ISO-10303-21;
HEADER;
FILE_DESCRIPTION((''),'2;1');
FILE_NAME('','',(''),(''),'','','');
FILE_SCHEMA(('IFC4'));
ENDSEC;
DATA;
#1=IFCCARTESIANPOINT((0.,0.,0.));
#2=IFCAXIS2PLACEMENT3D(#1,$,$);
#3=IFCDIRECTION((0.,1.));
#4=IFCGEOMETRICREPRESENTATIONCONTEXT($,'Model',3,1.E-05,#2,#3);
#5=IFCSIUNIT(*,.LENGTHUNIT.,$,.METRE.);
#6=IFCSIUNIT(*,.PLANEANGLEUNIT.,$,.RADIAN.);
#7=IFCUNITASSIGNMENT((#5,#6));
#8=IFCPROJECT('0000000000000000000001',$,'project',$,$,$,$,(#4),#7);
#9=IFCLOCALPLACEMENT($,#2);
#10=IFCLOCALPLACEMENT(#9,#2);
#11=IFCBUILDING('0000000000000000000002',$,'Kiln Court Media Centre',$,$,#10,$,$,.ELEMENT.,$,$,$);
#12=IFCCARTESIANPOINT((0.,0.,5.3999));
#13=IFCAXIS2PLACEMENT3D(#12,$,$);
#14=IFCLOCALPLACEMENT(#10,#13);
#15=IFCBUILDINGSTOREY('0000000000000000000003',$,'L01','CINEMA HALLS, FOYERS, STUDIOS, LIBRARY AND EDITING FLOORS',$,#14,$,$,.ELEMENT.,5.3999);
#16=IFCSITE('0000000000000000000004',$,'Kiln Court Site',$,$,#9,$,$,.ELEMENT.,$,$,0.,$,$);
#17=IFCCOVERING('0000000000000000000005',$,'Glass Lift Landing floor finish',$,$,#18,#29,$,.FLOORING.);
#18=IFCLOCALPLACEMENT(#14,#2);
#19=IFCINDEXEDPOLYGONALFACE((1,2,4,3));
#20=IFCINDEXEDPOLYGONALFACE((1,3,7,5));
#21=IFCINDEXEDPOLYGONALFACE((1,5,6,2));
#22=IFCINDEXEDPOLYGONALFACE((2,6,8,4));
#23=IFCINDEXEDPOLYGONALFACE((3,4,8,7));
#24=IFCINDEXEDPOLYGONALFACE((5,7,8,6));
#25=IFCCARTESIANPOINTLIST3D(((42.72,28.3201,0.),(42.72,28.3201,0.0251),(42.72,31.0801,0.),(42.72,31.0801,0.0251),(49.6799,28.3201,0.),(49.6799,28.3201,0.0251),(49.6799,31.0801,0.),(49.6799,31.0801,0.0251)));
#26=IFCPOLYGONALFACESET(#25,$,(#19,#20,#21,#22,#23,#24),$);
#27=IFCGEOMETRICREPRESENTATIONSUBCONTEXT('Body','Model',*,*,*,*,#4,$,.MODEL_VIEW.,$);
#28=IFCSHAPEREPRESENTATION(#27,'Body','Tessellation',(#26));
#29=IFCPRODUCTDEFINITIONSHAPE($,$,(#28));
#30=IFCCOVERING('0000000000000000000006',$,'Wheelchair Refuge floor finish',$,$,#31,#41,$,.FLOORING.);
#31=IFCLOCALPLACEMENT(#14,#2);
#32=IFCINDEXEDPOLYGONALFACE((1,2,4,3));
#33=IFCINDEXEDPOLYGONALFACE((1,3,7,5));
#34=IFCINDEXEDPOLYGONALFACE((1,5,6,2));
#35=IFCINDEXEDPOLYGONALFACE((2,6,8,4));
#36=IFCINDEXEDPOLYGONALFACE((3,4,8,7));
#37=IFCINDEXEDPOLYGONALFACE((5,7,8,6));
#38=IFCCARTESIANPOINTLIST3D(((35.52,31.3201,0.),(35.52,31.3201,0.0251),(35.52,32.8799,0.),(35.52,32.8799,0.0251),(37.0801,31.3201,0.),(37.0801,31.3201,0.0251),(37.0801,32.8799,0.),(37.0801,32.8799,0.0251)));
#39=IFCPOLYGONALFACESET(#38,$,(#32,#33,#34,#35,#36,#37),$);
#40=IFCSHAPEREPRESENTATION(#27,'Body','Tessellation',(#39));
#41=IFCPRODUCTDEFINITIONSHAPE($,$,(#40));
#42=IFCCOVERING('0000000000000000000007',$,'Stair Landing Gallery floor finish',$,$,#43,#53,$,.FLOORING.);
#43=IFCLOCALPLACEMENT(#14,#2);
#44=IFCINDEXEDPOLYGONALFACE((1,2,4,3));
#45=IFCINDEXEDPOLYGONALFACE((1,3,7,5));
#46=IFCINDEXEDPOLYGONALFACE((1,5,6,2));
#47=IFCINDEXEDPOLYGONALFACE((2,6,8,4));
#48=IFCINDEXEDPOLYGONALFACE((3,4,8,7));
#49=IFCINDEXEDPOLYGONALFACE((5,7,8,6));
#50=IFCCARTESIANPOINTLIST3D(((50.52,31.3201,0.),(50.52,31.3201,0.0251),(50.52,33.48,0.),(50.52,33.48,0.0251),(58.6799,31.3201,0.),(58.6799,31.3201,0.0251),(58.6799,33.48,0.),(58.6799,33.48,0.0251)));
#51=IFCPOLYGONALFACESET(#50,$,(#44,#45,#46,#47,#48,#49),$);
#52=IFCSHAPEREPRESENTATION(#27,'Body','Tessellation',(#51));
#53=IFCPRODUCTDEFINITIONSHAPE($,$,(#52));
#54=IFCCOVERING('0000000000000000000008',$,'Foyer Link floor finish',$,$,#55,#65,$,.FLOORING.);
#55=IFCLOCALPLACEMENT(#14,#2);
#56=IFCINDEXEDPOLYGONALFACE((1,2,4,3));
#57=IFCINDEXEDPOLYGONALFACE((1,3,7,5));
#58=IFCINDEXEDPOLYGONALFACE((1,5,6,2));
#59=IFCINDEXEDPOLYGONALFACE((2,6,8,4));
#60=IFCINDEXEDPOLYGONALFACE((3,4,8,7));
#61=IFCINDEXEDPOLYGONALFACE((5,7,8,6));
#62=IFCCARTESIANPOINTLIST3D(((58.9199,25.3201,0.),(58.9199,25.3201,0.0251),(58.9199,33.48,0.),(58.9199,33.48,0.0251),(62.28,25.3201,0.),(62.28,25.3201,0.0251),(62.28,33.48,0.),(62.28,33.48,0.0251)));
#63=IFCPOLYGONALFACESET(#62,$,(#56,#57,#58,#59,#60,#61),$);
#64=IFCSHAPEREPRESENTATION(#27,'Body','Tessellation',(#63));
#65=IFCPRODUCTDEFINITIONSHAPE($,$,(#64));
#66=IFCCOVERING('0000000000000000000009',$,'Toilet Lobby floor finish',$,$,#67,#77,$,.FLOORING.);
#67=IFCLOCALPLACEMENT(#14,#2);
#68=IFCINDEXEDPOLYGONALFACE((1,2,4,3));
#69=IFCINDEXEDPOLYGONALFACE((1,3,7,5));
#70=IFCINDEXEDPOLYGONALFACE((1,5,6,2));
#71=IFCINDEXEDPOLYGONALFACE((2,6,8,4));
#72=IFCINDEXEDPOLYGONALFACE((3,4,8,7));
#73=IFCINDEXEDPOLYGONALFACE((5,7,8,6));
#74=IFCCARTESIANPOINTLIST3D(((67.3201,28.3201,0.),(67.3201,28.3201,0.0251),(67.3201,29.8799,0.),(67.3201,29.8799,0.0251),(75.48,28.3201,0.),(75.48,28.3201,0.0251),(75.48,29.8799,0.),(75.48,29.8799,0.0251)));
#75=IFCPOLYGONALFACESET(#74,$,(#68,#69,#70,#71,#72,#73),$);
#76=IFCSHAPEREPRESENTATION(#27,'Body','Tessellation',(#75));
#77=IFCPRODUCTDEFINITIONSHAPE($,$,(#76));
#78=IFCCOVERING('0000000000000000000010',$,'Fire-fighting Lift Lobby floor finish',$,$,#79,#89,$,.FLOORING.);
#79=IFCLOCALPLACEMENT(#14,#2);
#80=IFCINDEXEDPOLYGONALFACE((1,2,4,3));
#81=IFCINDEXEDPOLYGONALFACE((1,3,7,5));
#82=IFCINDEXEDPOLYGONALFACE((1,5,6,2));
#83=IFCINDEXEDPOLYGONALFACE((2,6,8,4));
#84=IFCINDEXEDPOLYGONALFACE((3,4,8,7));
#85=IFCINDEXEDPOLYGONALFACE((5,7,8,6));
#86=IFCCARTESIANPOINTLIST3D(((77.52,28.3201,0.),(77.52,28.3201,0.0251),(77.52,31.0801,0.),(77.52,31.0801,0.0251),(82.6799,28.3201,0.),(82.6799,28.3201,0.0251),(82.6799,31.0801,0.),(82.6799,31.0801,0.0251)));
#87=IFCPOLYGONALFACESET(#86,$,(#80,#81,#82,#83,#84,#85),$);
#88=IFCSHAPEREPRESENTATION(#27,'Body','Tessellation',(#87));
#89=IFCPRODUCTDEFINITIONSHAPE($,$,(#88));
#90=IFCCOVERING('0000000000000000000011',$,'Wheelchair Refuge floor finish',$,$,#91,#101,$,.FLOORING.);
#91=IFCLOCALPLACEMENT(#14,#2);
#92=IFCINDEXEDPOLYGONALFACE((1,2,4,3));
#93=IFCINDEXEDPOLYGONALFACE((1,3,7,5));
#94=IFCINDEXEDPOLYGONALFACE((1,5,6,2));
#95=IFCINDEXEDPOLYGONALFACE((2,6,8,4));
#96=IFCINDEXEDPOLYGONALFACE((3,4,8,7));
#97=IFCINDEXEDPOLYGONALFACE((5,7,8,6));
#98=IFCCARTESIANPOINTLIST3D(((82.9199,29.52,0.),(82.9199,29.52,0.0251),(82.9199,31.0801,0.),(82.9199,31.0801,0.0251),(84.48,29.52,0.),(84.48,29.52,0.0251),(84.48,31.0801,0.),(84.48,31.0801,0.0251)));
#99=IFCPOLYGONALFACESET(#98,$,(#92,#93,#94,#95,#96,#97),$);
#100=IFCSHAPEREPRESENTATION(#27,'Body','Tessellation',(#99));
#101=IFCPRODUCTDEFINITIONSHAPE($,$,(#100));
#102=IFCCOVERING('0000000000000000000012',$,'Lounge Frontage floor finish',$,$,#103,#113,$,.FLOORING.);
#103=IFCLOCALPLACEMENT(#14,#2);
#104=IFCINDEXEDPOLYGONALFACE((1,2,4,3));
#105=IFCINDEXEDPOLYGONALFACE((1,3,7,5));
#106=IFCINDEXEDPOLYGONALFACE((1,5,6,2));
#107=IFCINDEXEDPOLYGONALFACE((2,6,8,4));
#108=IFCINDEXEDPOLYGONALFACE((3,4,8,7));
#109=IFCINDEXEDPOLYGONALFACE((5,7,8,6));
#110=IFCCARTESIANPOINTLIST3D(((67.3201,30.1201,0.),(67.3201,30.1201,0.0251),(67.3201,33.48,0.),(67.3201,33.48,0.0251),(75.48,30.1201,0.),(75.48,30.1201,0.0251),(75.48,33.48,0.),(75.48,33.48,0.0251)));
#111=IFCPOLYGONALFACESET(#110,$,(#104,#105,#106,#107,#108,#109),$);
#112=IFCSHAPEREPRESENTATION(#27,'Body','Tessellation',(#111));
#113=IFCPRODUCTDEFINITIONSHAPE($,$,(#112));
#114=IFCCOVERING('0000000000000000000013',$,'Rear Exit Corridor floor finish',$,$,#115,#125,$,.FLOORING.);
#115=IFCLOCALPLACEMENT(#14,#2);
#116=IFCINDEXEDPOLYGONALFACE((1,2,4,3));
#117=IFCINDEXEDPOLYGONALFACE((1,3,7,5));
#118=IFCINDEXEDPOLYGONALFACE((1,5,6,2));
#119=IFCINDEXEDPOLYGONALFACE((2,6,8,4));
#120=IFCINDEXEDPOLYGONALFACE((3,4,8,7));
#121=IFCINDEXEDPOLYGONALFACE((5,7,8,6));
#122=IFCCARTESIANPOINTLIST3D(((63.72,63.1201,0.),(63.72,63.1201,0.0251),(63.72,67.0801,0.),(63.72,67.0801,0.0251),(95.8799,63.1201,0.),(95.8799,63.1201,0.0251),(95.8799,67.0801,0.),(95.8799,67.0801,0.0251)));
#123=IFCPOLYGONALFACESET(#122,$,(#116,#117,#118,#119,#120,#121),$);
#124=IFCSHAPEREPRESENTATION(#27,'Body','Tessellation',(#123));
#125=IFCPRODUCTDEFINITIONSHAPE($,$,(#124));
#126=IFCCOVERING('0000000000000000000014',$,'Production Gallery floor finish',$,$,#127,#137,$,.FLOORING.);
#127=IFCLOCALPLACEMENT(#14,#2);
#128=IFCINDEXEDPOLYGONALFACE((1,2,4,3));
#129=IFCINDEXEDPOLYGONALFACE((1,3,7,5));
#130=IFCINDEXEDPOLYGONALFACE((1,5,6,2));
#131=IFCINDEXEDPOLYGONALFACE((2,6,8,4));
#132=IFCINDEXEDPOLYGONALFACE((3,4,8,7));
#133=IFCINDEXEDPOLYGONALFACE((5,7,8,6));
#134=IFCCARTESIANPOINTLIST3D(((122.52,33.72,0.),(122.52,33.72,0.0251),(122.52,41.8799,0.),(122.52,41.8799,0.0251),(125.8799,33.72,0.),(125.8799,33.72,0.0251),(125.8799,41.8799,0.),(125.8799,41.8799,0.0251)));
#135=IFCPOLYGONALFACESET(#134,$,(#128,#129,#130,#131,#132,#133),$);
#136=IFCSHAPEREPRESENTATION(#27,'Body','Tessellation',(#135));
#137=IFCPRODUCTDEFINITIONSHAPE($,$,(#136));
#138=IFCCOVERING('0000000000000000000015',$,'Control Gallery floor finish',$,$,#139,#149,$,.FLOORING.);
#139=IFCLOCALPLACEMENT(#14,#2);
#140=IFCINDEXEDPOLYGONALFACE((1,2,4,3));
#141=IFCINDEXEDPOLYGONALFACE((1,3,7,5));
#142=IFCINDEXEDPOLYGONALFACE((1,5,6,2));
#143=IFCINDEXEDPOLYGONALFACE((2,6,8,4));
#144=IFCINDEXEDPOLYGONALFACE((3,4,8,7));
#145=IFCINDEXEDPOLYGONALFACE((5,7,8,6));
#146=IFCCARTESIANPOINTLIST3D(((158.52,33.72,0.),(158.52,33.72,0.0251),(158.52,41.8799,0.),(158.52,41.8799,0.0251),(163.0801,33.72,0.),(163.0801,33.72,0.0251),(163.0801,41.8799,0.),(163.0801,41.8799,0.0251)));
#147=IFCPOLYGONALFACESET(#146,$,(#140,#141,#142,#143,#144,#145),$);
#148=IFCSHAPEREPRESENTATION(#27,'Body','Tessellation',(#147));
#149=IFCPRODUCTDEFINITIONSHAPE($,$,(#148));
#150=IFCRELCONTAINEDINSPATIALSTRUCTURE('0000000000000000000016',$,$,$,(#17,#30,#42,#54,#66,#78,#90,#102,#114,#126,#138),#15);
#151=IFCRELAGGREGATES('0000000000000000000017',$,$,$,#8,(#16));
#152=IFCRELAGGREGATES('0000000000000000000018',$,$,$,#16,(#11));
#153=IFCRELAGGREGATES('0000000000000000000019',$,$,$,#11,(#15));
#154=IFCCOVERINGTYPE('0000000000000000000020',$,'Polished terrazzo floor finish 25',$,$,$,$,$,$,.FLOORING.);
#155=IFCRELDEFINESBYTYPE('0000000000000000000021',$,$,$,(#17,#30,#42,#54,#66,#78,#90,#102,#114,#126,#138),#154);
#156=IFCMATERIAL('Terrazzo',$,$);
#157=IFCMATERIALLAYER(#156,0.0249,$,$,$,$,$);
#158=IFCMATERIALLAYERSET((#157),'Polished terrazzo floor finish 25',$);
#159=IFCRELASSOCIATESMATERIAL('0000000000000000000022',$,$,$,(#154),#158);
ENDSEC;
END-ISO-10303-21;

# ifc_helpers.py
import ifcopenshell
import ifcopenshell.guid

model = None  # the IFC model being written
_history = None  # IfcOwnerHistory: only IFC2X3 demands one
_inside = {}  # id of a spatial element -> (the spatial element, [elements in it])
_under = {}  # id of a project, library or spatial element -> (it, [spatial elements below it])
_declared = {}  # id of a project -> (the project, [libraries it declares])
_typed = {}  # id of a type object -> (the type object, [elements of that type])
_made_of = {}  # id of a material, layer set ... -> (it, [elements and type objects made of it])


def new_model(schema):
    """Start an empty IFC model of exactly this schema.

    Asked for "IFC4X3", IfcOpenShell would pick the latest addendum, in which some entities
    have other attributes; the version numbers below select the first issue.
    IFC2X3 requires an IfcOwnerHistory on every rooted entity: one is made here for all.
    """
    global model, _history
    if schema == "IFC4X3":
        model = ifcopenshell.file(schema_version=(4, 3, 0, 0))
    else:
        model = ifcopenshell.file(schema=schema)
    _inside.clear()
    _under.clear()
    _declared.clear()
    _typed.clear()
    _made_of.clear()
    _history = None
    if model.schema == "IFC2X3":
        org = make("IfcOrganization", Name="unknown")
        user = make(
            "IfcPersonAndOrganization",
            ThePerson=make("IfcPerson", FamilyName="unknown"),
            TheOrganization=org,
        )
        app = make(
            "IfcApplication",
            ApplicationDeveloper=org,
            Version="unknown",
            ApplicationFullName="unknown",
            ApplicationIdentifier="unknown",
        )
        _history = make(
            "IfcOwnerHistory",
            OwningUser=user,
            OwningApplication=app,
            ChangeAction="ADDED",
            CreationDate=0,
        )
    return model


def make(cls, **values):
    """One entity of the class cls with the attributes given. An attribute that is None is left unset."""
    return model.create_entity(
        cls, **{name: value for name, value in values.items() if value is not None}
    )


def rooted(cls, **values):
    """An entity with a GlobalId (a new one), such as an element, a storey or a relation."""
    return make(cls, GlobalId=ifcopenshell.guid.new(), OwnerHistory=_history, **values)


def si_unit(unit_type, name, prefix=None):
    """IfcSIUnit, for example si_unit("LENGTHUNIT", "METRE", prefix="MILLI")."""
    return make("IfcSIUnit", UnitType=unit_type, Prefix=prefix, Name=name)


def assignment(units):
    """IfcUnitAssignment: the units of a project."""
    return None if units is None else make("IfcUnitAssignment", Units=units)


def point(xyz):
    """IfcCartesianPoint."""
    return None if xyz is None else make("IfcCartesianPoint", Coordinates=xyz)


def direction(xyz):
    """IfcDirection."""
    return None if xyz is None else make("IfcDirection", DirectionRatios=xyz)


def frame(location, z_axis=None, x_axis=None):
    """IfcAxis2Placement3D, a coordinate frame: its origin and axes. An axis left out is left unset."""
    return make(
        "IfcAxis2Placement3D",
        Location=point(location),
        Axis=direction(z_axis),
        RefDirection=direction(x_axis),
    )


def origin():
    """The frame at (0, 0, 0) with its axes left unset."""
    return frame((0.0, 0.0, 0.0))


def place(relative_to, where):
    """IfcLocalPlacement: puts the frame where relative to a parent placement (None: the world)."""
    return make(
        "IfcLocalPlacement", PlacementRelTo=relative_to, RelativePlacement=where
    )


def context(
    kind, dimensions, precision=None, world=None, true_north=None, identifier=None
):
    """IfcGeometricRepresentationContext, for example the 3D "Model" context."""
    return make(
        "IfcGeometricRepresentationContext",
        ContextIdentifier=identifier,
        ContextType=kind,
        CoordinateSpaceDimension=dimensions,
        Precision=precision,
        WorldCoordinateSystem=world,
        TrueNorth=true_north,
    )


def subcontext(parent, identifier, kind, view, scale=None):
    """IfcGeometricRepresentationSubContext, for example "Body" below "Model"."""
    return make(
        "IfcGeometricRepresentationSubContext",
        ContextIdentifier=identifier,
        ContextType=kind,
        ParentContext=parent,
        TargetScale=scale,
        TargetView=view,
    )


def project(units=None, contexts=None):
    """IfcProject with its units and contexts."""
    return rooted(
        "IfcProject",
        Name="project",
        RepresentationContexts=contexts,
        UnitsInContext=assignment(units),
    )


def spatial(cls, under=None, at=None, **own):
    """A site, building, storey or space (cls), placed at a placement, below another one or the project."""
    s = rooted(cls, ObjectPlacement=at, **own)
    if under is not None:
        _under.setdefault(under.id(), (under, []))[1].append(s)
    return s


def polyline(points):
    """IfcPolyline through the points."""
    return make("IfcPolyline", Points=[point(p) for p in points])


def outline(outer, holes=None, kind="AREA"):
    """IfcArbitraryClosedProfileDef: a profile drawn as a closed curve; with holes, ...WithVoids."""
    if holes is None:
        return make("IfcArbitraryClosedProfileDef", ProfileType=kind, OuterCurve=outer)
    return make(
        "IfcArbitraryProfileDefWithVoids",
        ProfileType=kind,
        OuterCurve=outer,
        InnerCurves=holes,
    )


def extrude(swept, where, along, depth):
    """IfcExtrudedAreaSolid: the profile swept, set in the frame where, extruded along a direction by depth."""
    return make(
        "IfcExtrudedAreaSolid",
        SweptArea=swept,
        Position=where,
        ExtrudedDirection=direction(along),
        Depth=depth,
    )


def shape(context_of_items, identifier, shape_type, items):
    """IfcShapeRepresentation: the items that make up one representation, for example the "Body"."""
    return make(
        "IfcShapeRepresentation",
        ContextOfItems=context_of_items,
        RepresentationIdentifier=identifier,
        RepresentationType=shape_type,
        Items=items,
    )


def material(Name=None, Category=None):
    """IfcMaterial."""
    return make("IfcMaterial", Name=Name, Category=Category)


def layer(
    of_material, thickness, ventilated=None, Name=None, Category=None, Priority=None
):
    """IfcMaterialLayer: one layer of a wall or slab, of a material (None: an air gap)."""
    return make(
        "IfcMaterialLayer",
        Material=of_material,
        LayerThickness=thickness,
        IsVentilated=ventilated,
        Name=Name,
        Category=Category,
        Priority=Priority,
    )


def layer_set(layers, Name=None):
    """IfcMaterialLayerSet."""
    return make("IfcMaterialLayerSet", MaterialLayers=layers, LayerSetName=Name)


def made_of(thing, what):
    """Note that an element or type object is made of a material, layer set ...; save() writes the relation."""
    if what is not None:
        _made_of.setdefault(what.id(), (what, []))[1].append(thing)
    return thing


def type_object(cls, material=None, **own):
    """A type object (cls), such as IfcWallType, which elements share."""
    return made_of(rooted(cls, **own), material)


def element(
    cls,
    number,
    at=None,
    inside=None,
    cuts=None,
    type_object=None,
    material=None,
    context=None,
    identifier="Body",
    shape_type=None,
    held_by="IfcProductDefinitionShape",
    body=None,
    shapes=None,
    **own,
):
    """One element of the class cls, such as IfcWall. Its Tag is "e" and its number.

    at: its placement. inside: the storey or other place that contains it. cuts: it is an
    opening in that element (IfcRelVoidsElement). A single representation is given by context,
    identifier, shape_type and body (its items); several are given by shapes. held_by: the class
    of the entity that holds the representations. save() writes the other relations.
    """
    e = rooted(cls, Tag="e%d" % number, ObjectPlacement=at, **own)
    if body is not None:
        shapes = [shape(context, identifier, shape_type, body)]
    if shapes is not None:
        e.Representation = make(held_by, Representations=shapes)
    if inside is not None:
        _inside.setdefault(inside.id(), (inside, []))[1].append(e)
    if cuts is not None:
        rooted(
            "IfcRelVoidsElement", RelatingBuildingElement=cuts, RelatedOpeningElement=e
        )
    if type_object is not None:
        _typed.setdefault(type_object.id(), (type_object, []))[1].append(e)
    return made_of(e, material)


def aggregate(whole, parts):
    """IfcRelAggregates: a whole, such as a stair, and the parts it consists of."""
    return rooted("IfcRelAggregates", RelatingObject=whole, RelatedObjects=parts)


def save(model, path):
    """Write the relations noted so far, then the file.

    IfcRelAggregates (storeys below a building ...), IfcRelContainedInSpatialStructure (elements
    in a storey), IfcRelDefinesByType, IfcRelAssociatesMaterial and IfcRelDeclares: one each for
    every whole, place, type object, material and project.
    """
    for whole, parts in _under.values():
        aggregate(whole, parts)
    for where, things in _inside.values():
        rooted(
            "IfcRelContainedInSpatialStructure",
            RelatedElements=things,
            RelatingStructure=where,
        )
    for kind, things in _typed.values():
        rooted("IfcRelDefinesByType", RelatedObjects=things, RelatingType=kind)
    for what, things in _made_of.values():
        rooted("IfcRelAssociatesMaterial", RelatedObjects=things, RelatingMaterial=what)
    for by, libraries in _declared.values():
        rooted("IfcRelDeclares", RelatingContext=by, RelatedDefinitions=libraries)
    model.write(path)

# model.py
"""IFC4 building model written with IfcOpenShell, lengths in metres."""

from ifc_helpers import new_model, si_unit, direction, frame, origin, place, context, subcontext, project, spatial, polyline, outline, extrude, material, layer, layer_set, type_object, element, save


model = new_model("IFC4")

# Units and contexts
model_context = context("Model", 3, precision=1e-05, world=origin(), true_north=direction((0.0, 1.0)))
body_context = subcontext(model_context, "Body", "Model", "MODEL_VIEW")
ifc_project = project(units=[si_unit("LENGTHUNIT", "METRE"), si_unit("PLANEANGLEUNIT", "RADIAN")], contexts=[model_context])

# Site, building, storey
site_placement = place(None, origin())
site = spatial("IfcSite", under=ifc_project, at=site_placement, Name="Kiln Court Site", CompositionType="ELEMENT", RefElevation=0.0)
building_placement = place(site_placement, origin())
building = spatial("IfcBuilding", under=site, at=building_placement, Name="Kiln Court Media Centre", CompositionType="ELEMENT")
storey_placement = place(building_placement, frame((0.0, 0.0, 5.3999)))
storey = spatial("IfcBuildingStorey", under=building, at=storey_placement, Name="L01", Description="CINEMA HALLS, FOYERS, STUDIOS, LIBRARY AND EDITING FLOORS", CompositionType="ELEMENT", Elevation=5.3999)

# Coverings
ifc_material_1 = material(Name="Terrazzo")
ifc_layer_1 = layer(ifc_material_1, 0.0249)
ifc_layer_set_1 = layer_set([ifc_layer_1], Name="Polished terrazzo floor finish 25")
covering_type = type_object("IfcCoveringType", Name="Polished terrazzo floor finish 25", PredefinedType="FLOORING", material=ifc_layer_set_1)
covering_1_placement = place(storey_placement, origin())
element("IfcCovering", 1, at=covering_1_placement, inside=storey, type_object=covering_type, Name="Glass Lift Landing floor finish", PredefinedType="FLOORING", context=body_context, shape_type="SweptSolid", body=[
    extrude(outline(polyline([(42.72, 28.3201), (49.6799, 28.3201), (49.6799, 31.0801), (42.72, 31.0801), (42.72, 28.3201)])), origin(), (0.0, 0.0, 1.0), 0.0251),
])
covering_2_placement = place(storey_placement, origin())
element("IfcCovering", 2, at=covering_2_placement, inside=storey, type_object=covering_type, Name="Wheelchair Refuge floor finish", PredefinedType="FLOORING", context=body_context, shape_type="SweptSolid", body=[
    extrude(outline(polyline([(35.52, 31.3201), (37.0801, 31.3201), (37.0801, 32.8799), (35.52, 32.8799), (35.52, 31.3201)])), origin(), (0.0, 0.0, 1.0), 0.0251),
])
covering_3_placement = place(storey_placement, origin())
element("IfcCovering", 3, at=covering_3_placement, inside=storey, type_object=covering_type, Name="Stair Landing Gallery floor finish", PredefinedType="FLOORING", context=body_context, shape_type="SweptSolid", body=[
    extrude(outline(polyline([(50.52, 31.3201), (58.6799, 31.3201), (58.6799, 33.48), (50.52, 33.48), (50.52, 31.3201)])), origin(), (0.0, 0.0, 1.0), 0.0251),
])
covering_4_placement = place(storey_placement, origin())
element("IfcCovering", 4, at=covering_4_placement, inside=storey, type_object=covering_type, Name="Foyer Link floor finish", PredefinedType="FLOORING", context=body_context, shape_type="SweptSolid", body=[
    extrude(outline(polyline([(58.9199, 25.3201), (62.28, 25.3201), (62.28, 33.48), (58.9199, 33.48), (58.9199, 25.3201)])), origin(), (0.0, 0.0, 1.0), 0.0251),
])
covering_5_placement = place(storey_placement, origin())
element("IfcCovering", 5, at=covering_5_placement, inside=storey, type_object=covering_type, Name="Toilet Lobby floor finish", PredefinedType="FLOORING", context=body_context, shape_type="SweptSolid", body=[
    extrude(outline(polyline([(75.48, 28.3201), (75.48, 29.8799), (67.3201, 29.8799), (67.3201, 28.3201), (75.48, 28.3201)])), origin(), (0.0, 0.0, 1.0), 0.0251),
])
covering_6_placement = place(storey_placement, origin())
element("IfcCovering", 6, at=covering_6_placement, inside=storey, type_object=covering_type, Name="Fire-fighting Lift Lobby floor finish", PredefinedType="FLOORING", context=body_context, shape_type="SweptSolid", body=[
    extrude(outline(polyline([(77.52, 28.3201), (82.6799, 28.3201), (82.6799, 31.0801), (77.52, 31.0801), (77.52, 28.3201)])), origin(), (0.0, 0.0, 1.0), 0.0251),
])
covering_7_placement = place(storey_placement, origin())
element("IfcCovering", 7, at=covering_7_placement, inside=storey, type_object=covering_type, Name="Wheelchair Refuge floor finish", PredefinedType="FLOORING", context=body_context, shape_type="SweptSolid", body=[
    extrude(outline(polyline([(82.9199, 29.52), (84.48, 29.52), (84.48, 31.0801), (82.9199, 31.0801), (82.9199, 29.52)])), origin(), (0.0, 0.0, 1.0), 0.0251),
])
covering_8_placement = place(storey_placement, origin())
element("IfcCovering", 8, at=covering_8_placement, inside=storey, type_object=covering_type, Name="Lounge Frontage floor finish", PredefinedType="FLOORING", context=body_context, shape_type="SweptSolid", body=[
    extrude(outline(polyline([(67.3201, 30.1201), (75.48, 30.1201), (75.48, 33.48), (67.3201, 33.48), (67.3201, 30.1201)])), origin(), (0.0, 0.0, 1.0), 0.0251),
])
covering_9_placement = place(storey_placement, origin())
element("IfcCovering", 9, at=covering_9_placement, inside=storey, type_object=covering_type, Name="Rear Exit Corridor floor finish", PredefinedType="FLOORING", context=body_context, shape_type="SweptSolid", body=[
    extrude(outline(polyline([(63.72, 63.1201), (95.8799, 63.1201), (95.8799, 67.0801), (63.72, 67.0801), (63.72, 63.1201)])), origin(), (0.0, 0.0, 1.0), 0.0251),
])
covering_10_placement = place(storey_placement, origin())
element("IfcCovering", 10, at=covering_10_placement, inside=storey, type_object=covering_type, Name="Production Gallery floor finish", PredefinedType="FLOORING", context=body_context, shape_type="SweptSolid", body=[
    extrude(outline(polyline([(125.8799, 41.8799), (122.52, 41.8799), (122.52, 33.72), (125.8799, 33.72), (125.8799, 41.8799)])), origin(), (0.0, 0.0, 1.0), 0.0251),
])
covering_11_placement = place(storey_placement, origin())
element("IfcCovering", 11, at=covering_11_placement, inside=storey, type_object=covering_type, Name="Control Gallery floor finish", PredefinedType="FLOORING", context=body_context, shape_type="SweptSolid", body=[
    extrude(outline(polyline([(158.52, 33.72), (163.0801, 33.72), (163.0801, 41.8799), (158.52, 41.8799), (158.52, 33.72)])), origin(), (0.0, 0.0, 1.0), 0.0251),
])

save(model, "model.ifc")
